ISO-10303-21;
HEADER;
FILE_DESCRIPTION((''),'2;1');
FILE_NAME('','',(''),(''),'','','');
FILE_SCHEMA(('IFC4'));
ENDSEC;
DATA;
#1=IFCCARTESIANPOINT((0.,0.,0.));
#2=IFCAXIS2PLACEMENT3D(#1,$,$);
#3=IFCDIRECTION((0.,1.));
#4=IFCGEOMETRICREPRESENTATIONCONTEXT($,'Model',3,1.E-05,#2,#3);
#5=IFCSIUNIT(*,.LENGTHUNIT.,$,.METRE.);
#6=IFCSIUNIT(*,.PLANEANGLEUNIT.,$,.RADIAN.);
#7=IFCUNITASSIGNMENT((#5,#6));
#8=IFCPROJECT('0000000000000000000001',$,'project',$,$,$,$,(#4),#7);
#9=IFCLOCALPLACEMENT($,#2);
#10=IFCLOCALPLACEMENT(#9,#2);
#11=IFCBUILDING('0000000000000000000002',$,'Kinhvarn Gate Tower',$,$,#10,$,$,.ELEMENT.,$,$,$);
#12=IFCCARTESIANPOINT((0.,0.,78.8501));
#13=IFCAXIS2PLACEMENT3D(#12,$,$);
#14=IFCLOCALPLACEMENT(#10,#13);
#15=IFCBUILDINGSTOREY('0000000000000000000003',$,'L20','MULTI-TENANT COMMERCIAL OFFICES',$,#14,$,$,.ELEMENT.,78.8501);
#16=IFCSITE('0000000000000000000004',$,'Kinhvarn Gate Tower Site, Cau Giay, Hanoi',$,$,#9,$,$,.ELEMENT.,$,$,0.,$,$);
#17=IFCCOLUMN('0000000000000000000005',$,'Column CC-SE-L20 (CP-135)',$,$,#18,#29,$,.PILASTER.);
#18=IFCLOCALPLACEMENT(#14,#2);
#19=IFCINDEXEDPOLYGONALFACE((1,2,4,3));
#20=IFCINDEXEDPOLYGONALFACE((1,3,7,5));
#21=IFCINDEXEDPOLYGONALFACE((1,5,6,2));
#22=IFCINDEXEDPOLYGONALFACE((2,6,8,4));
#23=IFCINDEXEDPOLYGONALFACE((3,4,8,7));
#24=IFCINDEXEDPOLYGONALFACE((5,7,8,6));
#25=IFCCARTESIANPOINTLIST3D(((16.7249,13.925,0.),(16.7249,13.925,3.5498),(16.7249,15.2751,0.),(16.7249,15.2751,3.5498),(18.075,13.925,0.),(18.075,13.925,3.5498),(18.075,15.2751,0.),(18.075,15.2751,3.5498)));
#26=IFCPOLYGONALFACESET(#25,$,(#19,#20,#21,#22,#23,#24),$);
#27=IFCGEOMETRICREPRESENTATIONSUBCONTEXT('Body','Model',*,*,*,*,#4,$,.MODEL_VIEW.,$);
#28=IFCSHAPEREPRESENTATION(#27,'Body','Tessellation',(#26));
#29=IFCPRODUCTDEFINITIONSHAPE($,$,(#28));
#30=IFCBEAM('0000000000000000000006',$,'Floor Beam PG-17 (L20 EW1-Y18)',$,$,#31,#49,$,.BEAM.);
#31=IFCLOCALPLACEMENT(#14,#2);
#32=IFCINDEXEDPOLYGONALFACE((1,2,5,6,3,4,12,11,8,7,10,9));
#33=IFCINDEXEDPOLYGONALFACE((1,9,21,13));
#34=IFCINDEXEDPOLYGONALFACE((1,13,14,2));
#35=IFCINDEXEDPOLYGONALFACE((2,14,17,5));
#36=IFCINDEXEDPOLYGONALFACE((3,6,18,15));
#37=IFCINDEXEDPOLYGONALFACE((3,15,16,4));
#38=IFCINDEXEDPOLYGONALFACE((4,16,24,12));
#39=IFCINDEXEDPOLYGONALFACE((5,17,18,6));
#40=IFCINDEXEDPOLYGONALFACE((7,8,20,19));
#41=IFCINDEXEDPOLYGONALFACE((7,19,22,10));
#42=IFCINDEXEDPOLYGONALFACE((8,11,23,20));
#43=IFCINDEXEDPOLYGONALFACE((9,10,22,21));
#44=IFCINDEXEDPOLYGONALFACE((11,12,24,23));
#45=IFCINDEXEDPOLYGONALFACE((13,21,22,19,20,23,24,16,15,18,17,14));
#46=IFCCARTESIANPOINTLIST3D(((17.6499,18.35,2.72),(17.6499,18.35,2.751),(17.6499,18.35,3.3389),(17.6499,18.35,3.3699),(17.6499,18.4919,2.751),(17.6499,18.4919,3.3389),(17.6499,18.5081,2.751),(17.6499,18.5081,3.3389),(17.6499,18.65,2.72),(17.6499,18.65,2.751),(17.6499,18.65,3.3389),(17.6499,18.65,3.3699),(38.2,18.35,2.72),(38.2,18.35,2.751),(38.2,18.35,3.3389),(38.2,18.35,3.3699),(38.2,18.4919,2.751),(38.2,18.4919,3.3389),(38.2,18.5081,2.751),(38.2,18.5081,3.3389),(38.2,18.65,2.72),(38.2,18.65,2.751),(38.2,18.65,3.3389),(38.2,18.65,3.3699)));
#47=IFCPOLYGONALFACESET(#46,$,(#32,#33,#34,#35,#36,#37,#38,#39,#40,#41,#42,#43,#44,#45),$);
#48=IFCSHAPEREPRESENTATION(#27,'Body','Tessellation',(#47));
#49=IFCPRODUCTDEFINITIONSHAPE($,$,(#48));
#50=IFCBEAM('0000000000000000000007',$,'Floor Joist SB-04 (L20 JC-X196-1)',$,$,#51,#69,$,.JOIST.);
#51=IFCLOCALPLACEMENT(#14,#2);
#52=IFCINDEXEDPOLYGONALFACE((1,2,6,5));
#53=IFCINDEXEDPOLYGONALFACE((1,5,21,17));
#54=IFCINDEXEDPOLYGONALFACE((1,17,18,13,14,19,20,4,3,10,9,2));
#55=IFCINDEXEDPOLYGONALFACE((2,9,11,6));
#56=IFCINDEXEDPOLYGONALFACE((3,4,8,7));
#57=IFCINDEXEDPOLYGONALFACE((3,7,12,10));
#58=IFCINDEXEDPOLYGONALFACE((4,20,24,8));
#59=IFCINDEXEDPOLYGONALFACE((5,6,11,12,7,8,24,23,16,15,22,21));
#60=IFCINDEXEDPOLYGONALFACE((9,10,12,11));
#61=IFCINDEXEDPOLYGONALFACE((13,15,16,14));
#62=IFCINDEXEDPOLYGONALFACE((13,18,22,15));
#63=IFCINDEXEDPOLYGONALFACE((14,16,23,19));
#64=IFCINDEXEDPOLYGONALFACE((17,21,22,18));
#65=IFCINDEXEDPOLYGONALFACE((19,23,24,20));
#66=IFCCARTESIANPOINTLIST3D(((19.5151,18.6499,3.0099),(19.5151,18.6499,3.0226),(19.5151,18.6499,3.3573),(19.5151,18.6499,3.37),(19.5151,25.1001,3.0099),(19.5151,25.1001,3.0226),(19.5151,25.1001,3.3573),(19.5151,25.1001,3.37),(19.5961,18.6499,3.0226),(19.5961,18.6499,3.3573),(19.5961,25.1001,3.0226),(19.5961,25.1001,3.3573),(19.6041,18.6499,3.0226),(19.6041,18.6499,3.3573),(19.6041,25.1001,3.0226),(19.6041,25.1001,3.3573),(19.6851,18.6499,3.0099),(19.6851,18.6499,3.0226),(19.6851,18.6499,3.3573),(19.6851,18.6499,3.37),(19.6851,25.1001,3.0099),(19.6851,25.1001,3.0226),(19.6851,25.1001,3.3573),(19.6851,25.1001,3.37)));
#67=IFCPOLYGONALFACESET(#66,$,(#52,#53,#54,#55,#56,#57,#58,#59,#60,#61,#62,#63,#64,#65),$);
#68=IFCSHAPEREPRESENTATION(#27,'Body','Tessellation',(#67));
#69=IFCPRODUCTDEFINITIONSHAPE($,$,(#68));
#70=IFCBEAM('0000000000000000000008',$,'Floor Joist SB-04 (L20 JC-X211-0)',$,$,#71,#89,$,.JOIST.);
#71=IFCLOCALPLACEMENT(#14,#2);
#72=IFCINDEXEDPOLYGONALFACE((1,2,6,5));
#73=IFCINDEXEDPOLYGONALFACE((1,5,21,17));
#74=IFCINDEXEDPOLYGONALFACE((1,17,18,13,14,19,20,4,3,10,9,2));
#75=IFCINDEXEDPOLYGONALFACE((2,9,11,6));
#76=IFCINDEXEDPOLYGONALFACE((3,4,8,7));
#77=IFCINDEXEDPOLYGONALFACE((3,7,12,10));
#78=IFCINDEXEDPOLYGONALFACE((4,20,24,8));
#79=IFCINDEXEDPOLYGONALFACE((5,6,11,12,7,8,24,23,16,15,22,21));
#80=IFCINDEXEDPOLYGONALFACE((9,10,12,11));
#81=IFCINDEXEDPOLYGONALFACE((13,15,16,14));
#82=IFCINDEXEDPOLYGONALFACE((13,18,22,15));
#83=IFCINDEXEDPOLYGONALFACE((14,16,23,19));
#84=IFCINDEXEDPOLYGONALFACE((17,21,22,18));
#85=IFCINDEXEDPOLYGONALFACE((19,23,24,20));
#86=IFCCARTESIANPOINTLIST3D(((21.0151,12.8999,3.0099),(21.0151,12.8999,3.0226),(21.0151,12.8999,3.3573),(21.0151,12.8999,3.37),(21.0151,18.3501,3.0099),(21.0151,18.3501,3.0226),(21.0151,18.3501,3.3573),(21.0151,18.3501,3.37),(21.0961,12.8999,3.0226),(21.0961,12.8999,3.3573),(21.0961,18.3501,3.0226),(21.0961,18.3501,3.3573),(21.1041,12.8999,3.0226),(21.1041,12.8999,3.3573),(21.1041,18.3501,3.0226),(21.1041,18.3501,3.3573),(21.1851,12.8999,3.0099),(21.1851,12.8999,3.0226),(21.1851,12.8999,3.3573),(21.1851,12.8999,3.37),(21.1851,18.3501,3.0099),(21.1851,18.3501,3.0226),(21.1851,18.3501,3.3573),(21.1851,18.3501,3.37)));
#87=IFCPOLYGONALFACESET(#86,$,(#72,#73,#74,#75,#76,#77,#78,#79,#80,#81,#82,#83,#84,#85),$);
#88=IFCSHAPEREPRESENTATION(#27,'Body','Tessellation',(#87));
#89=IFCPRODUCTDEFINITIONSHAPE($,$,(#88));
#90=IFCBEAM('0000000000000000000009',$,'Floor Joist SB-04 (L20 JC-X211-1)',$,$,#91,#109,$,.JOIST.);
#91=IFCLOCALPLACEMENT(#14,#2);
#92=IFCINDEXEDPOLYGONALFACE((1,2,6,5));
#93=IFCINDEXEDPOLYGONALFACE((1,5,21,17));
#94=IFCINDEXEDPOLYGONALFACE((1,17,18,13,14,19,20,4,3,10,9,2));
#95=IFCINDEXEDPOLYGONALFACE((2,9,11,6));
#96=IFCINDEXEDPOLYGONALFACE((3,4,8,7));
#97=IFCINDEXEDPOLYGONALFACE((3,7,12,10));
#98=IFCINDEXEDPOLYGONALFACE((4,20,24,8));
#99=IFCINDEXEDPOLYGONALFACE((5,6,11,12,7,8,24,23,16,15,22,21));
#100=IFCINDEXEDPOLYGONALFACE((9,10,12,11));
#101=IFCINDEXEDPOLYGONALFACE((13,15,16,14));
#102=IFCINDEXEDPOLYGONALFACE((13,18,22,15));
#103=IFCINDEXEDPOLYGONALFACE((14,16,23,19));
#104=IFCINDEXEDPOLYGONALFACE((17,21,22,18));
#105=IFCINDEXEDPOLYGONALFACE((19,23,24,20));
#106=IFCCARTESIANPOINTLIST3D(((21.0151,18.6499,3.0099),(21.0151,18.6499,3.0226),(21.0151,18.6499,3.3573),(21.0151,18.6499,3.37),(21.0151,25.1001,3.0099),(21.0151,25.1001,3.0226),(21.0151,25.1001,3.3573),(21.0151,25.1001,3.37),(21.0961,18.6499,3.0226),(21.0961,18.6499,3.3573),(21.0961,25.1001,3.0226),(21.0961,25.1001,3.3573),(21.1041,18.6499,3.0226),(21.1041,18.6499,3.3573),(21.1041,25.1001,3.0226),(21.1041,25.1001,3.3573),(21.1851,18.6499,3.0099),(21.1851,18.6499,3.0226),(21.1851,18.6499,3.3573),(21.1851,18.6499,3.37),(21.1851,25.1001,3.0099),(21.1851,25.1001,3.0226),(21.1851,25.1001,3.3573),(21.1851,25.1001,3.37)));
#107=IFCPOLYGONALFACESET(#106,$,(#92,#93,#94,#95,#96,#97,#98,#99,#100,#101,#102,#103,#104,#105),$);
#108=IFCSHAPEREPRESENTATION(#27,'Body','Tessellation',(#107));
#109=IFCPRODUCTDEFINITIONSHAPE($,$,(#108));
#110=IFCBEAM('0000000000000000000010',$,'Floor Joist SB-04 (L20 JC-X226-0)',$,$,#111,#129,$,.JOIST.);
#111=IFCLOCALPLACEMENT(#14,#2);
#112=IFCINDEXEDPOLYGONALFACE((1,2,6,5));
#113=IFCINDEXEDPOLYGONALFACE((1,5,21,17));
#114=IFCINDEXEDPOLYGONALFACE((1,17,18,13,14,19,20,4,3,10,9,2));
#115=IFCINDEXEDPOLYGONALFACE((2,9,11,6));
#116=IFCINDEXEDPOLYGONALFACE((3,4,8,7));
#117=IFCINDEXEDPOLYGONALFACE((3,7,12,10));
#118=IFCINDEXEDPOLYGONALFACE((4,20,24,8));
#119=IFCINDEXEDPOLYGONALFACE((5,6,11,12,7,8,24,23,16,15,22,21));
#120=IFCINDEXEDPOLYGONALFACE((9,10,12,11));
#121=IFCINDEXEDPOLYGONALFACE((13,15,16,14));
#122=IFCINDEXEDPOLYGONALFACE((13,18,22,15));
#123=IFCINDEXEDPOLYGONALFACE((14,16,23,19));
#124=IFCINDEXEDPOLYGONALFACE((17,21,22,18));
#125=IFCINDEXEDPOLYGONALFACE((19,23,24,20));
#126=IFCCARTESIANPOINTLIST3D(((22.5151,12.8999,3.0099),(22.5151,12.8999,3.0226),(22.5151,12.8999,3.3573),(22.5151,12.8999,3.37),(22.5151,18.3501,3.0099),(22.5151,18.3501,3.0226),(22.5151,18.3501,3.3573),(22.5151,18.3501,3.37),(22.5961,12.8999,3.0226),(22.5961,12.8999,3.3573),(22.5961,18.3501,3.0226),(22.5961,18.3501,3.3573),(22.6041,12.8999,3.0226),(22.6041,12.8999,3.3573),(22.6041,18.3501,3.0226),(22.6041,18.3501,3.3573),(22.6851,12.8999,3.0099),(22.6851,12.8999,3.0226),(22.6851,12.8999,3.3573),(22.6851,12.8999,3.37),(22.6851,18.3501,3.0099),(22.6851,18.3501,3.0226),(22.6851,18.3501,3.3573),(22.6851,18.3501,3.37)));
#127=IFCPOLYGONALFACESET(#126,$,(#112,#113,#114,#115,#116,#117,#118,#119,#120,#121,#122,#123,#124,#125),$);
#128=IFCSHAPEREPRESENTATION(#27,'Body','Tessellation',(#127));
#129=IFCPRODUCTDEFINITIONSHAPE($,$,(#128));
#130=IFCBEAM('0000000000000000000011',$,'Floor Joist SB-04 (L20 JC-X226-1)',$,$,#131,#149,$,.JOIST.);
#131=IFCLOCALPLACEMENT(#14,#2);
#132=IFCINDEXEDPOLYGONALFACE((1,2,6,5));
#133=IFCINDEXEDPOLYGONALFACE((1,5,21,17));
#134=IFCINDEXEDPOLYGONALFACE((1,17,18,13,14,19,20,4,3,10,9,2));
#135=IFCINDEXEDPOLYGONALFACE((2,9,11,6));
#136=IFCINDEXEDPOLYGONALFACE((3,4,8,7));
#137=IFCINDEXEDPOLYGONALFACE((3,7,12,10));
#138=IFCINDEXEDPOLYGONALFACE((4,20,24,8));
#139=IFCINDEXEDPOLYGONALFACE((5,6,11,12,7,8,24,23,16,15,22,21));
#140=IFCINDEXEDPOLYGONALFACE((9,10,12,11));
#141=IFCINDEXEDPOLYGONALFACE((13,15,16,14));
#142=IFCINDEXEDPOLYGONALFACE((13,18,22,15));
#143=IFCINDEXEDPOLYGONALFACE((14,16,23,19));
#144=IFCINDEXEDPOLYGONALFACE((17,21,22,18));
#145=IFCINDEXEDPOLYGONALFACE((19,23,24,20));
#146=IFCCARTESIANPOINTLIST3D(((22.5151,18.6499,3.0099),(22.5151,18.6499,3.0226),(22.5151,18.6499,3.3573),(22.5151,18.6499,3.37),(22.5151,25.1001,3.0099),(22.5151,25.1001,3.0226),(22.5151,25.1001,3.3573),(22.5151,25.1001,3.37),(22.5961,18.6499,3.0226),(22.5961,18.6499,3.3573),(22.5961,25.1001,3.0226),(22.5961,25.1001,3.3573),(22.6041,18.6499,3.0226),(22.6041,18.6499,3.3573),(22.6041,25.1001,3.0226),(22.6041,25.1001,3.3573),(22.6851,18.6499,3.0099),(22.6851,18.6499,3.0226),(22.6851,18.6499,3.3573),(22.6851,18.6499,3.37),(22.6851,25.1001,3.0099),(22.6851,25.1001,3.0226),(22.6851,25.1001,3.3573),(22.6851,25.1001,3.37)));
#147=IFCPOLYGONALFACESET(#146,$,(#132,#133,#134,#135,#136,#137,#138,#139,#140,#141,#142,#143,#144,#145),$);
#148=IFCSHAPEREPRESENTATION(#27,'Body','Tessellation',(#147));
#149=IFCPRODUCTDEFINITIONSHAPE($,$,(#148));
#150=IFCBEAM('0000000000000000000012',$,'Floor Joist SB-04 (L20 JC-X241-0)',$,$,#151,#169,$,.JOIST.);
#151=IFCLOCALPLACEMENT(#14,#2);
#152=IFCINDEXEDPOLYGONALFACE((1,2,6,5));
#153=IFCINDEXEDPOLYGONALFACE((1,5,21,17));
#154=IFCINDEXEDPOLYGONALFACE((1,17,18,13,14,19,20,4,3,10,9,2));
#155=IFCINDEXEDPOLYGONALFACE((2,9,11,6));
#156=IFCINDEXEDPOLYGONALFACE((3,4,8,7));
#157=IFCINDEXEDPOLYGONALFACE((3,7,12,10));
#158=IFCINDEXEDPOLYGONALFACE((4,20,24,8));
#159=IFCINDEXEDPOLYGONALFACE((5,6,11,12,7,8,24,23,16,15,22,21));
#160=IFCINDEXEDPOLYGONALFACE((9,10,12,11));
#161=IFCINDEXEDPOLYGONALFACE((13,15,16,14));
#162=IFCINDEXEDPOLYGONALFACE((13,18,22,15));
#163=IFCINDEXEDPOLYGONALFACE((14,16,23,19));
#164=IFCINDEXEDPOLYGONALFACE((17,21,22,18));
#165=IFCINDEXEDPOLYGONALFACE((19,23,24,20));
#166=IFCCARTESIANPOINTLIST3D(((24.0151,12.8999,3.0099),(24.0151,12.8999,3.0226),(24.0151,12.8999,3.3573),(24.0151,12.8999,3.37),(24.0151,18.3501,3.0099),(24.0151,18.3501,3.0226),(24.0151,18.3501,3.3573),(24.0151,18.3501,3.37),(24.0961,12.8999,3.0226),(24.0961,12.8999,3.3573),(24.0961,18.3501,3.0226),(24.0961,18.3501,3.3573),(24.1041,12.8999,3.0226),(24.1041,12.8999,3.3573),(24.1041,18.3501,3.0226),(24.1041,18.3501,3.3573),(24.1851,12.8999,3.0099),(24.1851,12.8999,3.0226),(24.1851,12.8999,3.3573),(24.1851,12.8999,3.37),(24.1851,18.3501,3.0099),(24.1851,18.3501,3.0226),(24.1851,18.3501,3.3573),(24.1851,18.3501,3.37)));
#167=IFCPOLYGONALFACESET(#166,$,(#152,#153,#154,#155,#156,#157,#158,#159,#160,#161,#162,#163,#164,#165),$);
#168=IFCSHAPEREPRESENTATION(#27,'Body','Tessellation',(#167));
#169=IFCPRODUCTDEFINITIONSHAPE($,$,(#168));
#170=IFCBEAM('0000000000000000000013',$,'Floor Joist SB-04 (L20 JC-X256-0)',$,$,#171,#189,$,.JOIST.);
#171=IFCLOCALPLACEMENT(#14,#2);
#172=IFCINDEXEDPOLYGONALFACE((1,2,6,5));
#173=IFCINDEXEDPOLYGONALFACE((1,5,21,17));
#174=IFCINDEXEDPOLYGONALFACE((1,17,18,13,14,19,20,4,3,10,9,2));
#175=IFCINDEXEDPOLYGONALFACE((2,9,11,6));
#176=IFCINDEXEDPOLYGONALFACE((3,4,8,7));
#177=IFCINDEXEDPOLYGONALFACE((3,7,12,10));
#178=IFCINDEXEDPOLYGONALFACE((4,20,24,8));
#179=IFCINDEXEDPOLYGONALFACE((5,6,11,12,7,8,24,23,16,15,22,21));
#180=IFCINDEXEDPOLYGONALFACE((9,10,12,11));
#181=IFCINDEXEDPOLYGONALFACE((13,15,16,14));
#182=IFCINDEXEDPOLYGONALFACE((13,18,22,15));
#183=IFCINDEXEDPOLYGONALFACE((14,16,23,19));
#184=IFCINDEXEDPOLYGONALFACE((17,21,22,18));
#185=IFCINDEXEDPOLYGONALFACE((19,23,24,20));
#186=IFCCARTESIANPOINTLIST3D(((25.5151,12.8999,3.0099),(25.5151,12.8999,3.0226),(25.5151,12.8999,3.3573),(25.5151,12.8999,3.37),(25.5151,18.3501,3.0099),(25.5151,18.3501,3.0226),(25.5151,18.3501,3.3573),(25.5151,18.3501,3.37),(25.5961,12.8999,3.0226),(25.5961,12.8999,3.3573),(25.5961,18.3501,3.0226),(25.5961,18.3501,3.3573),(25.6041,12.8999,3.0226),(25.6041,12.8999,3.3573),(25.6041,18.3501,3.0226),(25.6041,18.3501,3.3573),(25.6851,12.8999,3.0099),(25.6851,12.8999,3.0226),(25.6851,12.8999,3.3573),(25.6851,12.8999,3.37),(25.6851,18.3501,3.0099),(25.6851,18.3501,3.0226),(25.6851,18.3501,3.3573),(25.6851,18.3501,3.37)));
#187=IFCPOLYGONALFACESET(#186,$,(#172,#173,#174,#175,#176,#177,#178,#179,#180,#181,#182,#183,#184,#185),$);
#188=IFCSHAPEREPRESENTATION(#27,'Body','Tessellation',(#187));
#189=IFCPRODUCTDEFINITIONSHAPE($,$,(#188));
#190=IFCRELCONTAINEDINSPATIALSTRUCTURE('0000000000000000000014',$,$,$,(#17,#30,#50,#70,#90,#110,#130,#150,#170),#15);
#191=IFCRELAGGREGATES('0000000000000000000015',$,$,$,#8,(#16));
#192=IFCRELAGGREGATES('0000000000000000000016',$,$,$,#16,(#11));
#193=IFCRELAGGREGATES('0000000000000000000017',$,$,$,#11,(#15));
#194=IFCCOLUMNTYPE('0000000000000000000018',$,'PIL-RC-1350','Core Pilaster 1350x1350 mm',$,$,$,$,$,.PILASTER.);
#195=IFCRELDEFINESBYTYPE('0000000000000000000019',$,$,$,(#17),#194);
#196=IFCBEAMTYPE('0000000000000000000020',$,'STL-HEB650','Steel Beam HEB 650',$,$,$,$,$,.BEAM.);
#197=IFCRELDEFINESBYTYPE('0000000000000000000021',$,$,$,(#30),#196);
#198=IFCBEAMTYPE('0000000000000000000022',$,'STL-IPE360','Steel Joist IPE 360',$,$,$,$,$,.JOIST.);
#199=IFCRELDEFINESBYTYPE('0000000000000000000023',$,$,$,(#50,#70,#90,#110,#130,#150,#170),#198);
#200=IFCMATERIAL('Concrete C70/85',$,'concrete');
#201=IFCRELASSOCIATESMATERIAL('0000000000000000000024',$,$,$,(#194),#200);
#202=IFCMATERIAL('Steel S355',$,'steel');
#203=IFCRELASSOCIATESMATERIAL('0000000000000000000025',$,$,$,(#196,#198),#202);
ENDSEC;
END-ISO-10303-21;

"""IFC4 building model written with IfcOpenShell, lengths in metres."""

from ifc_helpers import new_model, si_unit, direction, frame, origin, origin_2d, place, context, subcontext, project, spatial, rectangle, i_section, extrude, material, material_profile, profile_set, type_object, element, save


model = new_model("IFC4")

# Units and contexts
model_context = context("Model", 3, precision=1e-05, world=origin(), true_north=direction((0.0, 1.0)))
body_context = subcontext(model_context, "Body", "Model", "MODEL_VIEW")
ifc_project = project(units=[si_unit("LENGTHUNIT", "METRE"), si_unit("PLANEANGLEUNIT", "RADIAN")], contexts=[model_context])

# Site, building, storey
site_placement = place(None, origin())
site = spatial("IfcSite", under=ifc_project, at=site_placement, Name="Kinhvarn Gate Tower Site, Cau Giay, Hanoi", CompositionType="ELEMENT", RefElevation=0.0)
building_placement = place(site_placement, origin())
building = spatial("IfcBuilding", under=site, at=building_placement, Name="Kinhvarn Gate Tower", CompositionType="ELEMENT")
storey_placement = place(building_placement, frame((0.0, 0.0, 78.8501)))
storey = spatial("IfcBuildingStorey", under=building, at=storey_placement, Name="L20", Description="MULTI-TENANT COMMERCIAL OFFICES", CompositionType="ELEMENT", Elevation=78.8501)

# Column
ifc_material_1 = material(Name="Concrete C70/85", Category="concrete")
ifc_material_profile_1 = material_profile(ifc_material_1, rectangle(XDim=1.3501, YDim=1.3501, at=origin_2d()), Name="RC 1350x1350")
ifc_profile_set_1 = profile_set([ifc_material_profile_1], Name="Concrete C70/85")
column_type = type_object("IfcColumnType", Name="PIL-RC-1350", Description="Core Pilaster 1350x1350 mm", PredefinedType="PILASTER", material=ifc_profile_set_1)
column_placement = place(storey_placement, frame((17.3999, 14.6001, 0.0), z_axis=(0.0, 0.0, 1.0), x_axis=(1.0, 0.0, 0.0)))
element("IfcColumn", 1, at=column_placement, inside=storey, type_object=column_type, Name="Column CC-SE-L20 (CP-135)", PredefinedType="PILASTER", context=body_context, shape_type="SweptSolid", body=[
    extrude(rectangle(XDim=1.3501, YDim=1.3501, at=origin_2d()), origin(), (0.0, 0.0, 1.0), 3.5498),
])

# Beams
ifc_material_2 = material(Name="Steel S355", Category="steel")
ifc_material_profile_2 = material_profile(ifc_material_2, i_section(OverallWidth=0.3, OverallDepth=0.6499, WebThickness=0.0161, FlangeThickness=0.031, at=origin_2d()), Name="HEB 650")
ifc_profile_set_2 = profile_set([ifc_material_profile_2], Name="Steel S355")
beam_type_1 = type_object("IfcBeamType", Name="STL-HEB650", Description="Steel Beam HEB 650", PredefinedType="BEAM", material=ifc_profile_set_2)
beam_1_placement = place(storey_placement, frame((17.6499, 18.5, 3.0449), z_axis=(1.0, 0.0, 0.0), x_axis=(0.0, 1.0, 0.0)))
element("IfcBeam", 2, at=beam_1_placement, inside=storey, type_object=beam_type_1, Name="Floor Beam PG-17 (L20 EW1-Y18)", PredefinedType="BEAM", context=body_context, shape_type="SweptSolid", body=[
    extrude(i_section(OverallWidth=0.3, OverallDepth=0.6499, WebThickness=0.0161, FlangeThickness=0.031, at=origin_2d()), origin(), (0.0, 0.0, 1.0), 20.55),
])
ifc_material_profile_3 = material_profile(ifc_material_2, i_section(OverallWidth=0.1699, OverallDepth=0.3601, WebThickness=0.0081, FlangeThickness=0.0127, at=origin_2d()), Name="IPE 360")
ifc_profile_set_3 = profile_set([ifc_material_profile_3], Name="Steel S355")
beam_type_2 = type_object("IfcBeamType", Name="STL-IPE360", Description="Steel Joist IPE 360", PredefinedType="JOIST", material=ifc_profile_set_3)
beam_2_placement = place(storey_placement, frame((19.6001, 18.6499, 3.1899), z_axis=(0.0, 1.0, 0.0), x_axis=(-1.0, 0.0, 0.0)))
element("IfcBeam", 3, at=beam_2_placement, inside=storey, type_object=beam_type_2, Name="Floor Joist SB-04 (L20 JC-X196-1)", PredefinedType="JOIST", context=body_context, shape_type="SweptSolid", body=[
    extrude(i_section(OverallWidth=0.1699, OverallDepth=0.3601, WebThickness=0.0081, FlangeThickness=0.0127, at=origin_2d()), origin(), (0.0, 0.0, 1.0), 6.4502),
])
beam_3_placement = place(storey_placement, frame((21.1001, 12.8999, 3.1899), z_axis=(0.0, 1.0, 0.0), x_axis=(-1.0, 0.0, 0.0)))
element("IfcBeam", 4, at=beam_3_placement, inside=storey, type_object=beam_type_2, Name="Floor Joist SB-04 (L20 JC-X211-0)", PredefinedType="JOIST", context=body_context, shape_type="SweptSolid", body=[
    extrude(i_section(OverallWidth=0.1699, OverallDepth=0.3601, WebThickness=0.0081, FlangeThickness=0.0127, at=origin_2d()), origin(), (0.0, 0.0, 1.0), 5.4502),
])
beam_4_placement = place(storey_placement, frame((21.1001, 18.6499, 3.1899), z_axis=(0.0, 1.0, 0.0), x_axis=(-1.0, 0.0, 0.0)))
element("IfcBeam", 5, at=beam_4_placement, inside=storey, type_object=beam_type_2, Name="Floor Joist SB-04 (L20 JC-X211-1)", PredefinedType="JOIST", context=body_context, shape_type="SweptSolid", body=[
    extrude(i_section(OverallWidth=0.1699, OverallDepth=0.3601, WebThickness=0.0081, FlangeThickness=0.0127, at=origin_2d()), origin(), (0.0, 0.0, 1.0), 6.4502),
])
beam_5_placement = place(storey_placement, frame((22.6001, 12.8999, 3.1899), z_axis=(0.0, 1.0, 0.0), x_axis=(-1.0, 0.0, 0.0)))
element("IfcBeam", 6, at=beam_5_placement, inside=storey, type_object=beam_type_2, Name="Floor Joist SB-04 (L20 JC-X226-0)", PredefinedType="JOIST", context=body_context, shape_type="SweptSolid", body=[
    extrude(i_section(OverallWidth=0.1699, OverallDepth=0.3601, WebThickness=0.0081, FlangeThickness=0.0127, at=origin_2d()), origin(), (0.0, 0.0, 1.0), 5.4502),
])
beam_6_placement = place(storey_placement, frame((22.6001, 18.6499, 3.1899), z_axis=(0.0, 1.0, 0.0), x_axis=(-1.0, 0.0, 0.0)))
element("IfcBeam", 7, at=beam_6_placement, inside=storey, type_object=beam_type_2, Name="Floor Joist SB-04 (L20 JC-X226-1)", PredefinedType="JOIST", context=body_context, shape_type="SweptSolid", body=[
    extrude(i_section(OverallWidth=0.1699, OverallDepth=0.3601, WebThickness=0.0081, FlangeThickness=0.0127, at=origin_2d()), origin(), (0.0, 0.0, 1.0), 6.4502),
])
for number, where, z_axis, x_axis, name in (
    (8, (24.1001, 12.8999, 3.1899), (0.0, 1.0, 0.0), (-1.0, 0.0, 0.0), "Floor Joist SB-04 (L20 JC-X241-0)"),
    (9, (25.6001, 12.8999, 3.1899), (0.0, 1.0, 0.0), (-1.0, 0.0, 0.0), "Floor Joist SB-04 (L20 JC-X256-0)"),
):
    element("IfcBeam", number, at=place(storey_placement, frame(where, z_axis=z_axis, x_axis=x_axis)), inside=storey, type_object=beam_type_2, Name=name, PredefinedType="JOIST", context=body_context, shape_type="SweptSolid", body=[
        extrude(i_section(OverallWidth=0.1699, OverallDepth=0.3601, WebThickness=0.0081, FlangeThickness=0.0127, at=origin_2d()), origin(), (0.0, 0.0, 1.0), 5.4502),
    ])

save(model, "model.ifc")
